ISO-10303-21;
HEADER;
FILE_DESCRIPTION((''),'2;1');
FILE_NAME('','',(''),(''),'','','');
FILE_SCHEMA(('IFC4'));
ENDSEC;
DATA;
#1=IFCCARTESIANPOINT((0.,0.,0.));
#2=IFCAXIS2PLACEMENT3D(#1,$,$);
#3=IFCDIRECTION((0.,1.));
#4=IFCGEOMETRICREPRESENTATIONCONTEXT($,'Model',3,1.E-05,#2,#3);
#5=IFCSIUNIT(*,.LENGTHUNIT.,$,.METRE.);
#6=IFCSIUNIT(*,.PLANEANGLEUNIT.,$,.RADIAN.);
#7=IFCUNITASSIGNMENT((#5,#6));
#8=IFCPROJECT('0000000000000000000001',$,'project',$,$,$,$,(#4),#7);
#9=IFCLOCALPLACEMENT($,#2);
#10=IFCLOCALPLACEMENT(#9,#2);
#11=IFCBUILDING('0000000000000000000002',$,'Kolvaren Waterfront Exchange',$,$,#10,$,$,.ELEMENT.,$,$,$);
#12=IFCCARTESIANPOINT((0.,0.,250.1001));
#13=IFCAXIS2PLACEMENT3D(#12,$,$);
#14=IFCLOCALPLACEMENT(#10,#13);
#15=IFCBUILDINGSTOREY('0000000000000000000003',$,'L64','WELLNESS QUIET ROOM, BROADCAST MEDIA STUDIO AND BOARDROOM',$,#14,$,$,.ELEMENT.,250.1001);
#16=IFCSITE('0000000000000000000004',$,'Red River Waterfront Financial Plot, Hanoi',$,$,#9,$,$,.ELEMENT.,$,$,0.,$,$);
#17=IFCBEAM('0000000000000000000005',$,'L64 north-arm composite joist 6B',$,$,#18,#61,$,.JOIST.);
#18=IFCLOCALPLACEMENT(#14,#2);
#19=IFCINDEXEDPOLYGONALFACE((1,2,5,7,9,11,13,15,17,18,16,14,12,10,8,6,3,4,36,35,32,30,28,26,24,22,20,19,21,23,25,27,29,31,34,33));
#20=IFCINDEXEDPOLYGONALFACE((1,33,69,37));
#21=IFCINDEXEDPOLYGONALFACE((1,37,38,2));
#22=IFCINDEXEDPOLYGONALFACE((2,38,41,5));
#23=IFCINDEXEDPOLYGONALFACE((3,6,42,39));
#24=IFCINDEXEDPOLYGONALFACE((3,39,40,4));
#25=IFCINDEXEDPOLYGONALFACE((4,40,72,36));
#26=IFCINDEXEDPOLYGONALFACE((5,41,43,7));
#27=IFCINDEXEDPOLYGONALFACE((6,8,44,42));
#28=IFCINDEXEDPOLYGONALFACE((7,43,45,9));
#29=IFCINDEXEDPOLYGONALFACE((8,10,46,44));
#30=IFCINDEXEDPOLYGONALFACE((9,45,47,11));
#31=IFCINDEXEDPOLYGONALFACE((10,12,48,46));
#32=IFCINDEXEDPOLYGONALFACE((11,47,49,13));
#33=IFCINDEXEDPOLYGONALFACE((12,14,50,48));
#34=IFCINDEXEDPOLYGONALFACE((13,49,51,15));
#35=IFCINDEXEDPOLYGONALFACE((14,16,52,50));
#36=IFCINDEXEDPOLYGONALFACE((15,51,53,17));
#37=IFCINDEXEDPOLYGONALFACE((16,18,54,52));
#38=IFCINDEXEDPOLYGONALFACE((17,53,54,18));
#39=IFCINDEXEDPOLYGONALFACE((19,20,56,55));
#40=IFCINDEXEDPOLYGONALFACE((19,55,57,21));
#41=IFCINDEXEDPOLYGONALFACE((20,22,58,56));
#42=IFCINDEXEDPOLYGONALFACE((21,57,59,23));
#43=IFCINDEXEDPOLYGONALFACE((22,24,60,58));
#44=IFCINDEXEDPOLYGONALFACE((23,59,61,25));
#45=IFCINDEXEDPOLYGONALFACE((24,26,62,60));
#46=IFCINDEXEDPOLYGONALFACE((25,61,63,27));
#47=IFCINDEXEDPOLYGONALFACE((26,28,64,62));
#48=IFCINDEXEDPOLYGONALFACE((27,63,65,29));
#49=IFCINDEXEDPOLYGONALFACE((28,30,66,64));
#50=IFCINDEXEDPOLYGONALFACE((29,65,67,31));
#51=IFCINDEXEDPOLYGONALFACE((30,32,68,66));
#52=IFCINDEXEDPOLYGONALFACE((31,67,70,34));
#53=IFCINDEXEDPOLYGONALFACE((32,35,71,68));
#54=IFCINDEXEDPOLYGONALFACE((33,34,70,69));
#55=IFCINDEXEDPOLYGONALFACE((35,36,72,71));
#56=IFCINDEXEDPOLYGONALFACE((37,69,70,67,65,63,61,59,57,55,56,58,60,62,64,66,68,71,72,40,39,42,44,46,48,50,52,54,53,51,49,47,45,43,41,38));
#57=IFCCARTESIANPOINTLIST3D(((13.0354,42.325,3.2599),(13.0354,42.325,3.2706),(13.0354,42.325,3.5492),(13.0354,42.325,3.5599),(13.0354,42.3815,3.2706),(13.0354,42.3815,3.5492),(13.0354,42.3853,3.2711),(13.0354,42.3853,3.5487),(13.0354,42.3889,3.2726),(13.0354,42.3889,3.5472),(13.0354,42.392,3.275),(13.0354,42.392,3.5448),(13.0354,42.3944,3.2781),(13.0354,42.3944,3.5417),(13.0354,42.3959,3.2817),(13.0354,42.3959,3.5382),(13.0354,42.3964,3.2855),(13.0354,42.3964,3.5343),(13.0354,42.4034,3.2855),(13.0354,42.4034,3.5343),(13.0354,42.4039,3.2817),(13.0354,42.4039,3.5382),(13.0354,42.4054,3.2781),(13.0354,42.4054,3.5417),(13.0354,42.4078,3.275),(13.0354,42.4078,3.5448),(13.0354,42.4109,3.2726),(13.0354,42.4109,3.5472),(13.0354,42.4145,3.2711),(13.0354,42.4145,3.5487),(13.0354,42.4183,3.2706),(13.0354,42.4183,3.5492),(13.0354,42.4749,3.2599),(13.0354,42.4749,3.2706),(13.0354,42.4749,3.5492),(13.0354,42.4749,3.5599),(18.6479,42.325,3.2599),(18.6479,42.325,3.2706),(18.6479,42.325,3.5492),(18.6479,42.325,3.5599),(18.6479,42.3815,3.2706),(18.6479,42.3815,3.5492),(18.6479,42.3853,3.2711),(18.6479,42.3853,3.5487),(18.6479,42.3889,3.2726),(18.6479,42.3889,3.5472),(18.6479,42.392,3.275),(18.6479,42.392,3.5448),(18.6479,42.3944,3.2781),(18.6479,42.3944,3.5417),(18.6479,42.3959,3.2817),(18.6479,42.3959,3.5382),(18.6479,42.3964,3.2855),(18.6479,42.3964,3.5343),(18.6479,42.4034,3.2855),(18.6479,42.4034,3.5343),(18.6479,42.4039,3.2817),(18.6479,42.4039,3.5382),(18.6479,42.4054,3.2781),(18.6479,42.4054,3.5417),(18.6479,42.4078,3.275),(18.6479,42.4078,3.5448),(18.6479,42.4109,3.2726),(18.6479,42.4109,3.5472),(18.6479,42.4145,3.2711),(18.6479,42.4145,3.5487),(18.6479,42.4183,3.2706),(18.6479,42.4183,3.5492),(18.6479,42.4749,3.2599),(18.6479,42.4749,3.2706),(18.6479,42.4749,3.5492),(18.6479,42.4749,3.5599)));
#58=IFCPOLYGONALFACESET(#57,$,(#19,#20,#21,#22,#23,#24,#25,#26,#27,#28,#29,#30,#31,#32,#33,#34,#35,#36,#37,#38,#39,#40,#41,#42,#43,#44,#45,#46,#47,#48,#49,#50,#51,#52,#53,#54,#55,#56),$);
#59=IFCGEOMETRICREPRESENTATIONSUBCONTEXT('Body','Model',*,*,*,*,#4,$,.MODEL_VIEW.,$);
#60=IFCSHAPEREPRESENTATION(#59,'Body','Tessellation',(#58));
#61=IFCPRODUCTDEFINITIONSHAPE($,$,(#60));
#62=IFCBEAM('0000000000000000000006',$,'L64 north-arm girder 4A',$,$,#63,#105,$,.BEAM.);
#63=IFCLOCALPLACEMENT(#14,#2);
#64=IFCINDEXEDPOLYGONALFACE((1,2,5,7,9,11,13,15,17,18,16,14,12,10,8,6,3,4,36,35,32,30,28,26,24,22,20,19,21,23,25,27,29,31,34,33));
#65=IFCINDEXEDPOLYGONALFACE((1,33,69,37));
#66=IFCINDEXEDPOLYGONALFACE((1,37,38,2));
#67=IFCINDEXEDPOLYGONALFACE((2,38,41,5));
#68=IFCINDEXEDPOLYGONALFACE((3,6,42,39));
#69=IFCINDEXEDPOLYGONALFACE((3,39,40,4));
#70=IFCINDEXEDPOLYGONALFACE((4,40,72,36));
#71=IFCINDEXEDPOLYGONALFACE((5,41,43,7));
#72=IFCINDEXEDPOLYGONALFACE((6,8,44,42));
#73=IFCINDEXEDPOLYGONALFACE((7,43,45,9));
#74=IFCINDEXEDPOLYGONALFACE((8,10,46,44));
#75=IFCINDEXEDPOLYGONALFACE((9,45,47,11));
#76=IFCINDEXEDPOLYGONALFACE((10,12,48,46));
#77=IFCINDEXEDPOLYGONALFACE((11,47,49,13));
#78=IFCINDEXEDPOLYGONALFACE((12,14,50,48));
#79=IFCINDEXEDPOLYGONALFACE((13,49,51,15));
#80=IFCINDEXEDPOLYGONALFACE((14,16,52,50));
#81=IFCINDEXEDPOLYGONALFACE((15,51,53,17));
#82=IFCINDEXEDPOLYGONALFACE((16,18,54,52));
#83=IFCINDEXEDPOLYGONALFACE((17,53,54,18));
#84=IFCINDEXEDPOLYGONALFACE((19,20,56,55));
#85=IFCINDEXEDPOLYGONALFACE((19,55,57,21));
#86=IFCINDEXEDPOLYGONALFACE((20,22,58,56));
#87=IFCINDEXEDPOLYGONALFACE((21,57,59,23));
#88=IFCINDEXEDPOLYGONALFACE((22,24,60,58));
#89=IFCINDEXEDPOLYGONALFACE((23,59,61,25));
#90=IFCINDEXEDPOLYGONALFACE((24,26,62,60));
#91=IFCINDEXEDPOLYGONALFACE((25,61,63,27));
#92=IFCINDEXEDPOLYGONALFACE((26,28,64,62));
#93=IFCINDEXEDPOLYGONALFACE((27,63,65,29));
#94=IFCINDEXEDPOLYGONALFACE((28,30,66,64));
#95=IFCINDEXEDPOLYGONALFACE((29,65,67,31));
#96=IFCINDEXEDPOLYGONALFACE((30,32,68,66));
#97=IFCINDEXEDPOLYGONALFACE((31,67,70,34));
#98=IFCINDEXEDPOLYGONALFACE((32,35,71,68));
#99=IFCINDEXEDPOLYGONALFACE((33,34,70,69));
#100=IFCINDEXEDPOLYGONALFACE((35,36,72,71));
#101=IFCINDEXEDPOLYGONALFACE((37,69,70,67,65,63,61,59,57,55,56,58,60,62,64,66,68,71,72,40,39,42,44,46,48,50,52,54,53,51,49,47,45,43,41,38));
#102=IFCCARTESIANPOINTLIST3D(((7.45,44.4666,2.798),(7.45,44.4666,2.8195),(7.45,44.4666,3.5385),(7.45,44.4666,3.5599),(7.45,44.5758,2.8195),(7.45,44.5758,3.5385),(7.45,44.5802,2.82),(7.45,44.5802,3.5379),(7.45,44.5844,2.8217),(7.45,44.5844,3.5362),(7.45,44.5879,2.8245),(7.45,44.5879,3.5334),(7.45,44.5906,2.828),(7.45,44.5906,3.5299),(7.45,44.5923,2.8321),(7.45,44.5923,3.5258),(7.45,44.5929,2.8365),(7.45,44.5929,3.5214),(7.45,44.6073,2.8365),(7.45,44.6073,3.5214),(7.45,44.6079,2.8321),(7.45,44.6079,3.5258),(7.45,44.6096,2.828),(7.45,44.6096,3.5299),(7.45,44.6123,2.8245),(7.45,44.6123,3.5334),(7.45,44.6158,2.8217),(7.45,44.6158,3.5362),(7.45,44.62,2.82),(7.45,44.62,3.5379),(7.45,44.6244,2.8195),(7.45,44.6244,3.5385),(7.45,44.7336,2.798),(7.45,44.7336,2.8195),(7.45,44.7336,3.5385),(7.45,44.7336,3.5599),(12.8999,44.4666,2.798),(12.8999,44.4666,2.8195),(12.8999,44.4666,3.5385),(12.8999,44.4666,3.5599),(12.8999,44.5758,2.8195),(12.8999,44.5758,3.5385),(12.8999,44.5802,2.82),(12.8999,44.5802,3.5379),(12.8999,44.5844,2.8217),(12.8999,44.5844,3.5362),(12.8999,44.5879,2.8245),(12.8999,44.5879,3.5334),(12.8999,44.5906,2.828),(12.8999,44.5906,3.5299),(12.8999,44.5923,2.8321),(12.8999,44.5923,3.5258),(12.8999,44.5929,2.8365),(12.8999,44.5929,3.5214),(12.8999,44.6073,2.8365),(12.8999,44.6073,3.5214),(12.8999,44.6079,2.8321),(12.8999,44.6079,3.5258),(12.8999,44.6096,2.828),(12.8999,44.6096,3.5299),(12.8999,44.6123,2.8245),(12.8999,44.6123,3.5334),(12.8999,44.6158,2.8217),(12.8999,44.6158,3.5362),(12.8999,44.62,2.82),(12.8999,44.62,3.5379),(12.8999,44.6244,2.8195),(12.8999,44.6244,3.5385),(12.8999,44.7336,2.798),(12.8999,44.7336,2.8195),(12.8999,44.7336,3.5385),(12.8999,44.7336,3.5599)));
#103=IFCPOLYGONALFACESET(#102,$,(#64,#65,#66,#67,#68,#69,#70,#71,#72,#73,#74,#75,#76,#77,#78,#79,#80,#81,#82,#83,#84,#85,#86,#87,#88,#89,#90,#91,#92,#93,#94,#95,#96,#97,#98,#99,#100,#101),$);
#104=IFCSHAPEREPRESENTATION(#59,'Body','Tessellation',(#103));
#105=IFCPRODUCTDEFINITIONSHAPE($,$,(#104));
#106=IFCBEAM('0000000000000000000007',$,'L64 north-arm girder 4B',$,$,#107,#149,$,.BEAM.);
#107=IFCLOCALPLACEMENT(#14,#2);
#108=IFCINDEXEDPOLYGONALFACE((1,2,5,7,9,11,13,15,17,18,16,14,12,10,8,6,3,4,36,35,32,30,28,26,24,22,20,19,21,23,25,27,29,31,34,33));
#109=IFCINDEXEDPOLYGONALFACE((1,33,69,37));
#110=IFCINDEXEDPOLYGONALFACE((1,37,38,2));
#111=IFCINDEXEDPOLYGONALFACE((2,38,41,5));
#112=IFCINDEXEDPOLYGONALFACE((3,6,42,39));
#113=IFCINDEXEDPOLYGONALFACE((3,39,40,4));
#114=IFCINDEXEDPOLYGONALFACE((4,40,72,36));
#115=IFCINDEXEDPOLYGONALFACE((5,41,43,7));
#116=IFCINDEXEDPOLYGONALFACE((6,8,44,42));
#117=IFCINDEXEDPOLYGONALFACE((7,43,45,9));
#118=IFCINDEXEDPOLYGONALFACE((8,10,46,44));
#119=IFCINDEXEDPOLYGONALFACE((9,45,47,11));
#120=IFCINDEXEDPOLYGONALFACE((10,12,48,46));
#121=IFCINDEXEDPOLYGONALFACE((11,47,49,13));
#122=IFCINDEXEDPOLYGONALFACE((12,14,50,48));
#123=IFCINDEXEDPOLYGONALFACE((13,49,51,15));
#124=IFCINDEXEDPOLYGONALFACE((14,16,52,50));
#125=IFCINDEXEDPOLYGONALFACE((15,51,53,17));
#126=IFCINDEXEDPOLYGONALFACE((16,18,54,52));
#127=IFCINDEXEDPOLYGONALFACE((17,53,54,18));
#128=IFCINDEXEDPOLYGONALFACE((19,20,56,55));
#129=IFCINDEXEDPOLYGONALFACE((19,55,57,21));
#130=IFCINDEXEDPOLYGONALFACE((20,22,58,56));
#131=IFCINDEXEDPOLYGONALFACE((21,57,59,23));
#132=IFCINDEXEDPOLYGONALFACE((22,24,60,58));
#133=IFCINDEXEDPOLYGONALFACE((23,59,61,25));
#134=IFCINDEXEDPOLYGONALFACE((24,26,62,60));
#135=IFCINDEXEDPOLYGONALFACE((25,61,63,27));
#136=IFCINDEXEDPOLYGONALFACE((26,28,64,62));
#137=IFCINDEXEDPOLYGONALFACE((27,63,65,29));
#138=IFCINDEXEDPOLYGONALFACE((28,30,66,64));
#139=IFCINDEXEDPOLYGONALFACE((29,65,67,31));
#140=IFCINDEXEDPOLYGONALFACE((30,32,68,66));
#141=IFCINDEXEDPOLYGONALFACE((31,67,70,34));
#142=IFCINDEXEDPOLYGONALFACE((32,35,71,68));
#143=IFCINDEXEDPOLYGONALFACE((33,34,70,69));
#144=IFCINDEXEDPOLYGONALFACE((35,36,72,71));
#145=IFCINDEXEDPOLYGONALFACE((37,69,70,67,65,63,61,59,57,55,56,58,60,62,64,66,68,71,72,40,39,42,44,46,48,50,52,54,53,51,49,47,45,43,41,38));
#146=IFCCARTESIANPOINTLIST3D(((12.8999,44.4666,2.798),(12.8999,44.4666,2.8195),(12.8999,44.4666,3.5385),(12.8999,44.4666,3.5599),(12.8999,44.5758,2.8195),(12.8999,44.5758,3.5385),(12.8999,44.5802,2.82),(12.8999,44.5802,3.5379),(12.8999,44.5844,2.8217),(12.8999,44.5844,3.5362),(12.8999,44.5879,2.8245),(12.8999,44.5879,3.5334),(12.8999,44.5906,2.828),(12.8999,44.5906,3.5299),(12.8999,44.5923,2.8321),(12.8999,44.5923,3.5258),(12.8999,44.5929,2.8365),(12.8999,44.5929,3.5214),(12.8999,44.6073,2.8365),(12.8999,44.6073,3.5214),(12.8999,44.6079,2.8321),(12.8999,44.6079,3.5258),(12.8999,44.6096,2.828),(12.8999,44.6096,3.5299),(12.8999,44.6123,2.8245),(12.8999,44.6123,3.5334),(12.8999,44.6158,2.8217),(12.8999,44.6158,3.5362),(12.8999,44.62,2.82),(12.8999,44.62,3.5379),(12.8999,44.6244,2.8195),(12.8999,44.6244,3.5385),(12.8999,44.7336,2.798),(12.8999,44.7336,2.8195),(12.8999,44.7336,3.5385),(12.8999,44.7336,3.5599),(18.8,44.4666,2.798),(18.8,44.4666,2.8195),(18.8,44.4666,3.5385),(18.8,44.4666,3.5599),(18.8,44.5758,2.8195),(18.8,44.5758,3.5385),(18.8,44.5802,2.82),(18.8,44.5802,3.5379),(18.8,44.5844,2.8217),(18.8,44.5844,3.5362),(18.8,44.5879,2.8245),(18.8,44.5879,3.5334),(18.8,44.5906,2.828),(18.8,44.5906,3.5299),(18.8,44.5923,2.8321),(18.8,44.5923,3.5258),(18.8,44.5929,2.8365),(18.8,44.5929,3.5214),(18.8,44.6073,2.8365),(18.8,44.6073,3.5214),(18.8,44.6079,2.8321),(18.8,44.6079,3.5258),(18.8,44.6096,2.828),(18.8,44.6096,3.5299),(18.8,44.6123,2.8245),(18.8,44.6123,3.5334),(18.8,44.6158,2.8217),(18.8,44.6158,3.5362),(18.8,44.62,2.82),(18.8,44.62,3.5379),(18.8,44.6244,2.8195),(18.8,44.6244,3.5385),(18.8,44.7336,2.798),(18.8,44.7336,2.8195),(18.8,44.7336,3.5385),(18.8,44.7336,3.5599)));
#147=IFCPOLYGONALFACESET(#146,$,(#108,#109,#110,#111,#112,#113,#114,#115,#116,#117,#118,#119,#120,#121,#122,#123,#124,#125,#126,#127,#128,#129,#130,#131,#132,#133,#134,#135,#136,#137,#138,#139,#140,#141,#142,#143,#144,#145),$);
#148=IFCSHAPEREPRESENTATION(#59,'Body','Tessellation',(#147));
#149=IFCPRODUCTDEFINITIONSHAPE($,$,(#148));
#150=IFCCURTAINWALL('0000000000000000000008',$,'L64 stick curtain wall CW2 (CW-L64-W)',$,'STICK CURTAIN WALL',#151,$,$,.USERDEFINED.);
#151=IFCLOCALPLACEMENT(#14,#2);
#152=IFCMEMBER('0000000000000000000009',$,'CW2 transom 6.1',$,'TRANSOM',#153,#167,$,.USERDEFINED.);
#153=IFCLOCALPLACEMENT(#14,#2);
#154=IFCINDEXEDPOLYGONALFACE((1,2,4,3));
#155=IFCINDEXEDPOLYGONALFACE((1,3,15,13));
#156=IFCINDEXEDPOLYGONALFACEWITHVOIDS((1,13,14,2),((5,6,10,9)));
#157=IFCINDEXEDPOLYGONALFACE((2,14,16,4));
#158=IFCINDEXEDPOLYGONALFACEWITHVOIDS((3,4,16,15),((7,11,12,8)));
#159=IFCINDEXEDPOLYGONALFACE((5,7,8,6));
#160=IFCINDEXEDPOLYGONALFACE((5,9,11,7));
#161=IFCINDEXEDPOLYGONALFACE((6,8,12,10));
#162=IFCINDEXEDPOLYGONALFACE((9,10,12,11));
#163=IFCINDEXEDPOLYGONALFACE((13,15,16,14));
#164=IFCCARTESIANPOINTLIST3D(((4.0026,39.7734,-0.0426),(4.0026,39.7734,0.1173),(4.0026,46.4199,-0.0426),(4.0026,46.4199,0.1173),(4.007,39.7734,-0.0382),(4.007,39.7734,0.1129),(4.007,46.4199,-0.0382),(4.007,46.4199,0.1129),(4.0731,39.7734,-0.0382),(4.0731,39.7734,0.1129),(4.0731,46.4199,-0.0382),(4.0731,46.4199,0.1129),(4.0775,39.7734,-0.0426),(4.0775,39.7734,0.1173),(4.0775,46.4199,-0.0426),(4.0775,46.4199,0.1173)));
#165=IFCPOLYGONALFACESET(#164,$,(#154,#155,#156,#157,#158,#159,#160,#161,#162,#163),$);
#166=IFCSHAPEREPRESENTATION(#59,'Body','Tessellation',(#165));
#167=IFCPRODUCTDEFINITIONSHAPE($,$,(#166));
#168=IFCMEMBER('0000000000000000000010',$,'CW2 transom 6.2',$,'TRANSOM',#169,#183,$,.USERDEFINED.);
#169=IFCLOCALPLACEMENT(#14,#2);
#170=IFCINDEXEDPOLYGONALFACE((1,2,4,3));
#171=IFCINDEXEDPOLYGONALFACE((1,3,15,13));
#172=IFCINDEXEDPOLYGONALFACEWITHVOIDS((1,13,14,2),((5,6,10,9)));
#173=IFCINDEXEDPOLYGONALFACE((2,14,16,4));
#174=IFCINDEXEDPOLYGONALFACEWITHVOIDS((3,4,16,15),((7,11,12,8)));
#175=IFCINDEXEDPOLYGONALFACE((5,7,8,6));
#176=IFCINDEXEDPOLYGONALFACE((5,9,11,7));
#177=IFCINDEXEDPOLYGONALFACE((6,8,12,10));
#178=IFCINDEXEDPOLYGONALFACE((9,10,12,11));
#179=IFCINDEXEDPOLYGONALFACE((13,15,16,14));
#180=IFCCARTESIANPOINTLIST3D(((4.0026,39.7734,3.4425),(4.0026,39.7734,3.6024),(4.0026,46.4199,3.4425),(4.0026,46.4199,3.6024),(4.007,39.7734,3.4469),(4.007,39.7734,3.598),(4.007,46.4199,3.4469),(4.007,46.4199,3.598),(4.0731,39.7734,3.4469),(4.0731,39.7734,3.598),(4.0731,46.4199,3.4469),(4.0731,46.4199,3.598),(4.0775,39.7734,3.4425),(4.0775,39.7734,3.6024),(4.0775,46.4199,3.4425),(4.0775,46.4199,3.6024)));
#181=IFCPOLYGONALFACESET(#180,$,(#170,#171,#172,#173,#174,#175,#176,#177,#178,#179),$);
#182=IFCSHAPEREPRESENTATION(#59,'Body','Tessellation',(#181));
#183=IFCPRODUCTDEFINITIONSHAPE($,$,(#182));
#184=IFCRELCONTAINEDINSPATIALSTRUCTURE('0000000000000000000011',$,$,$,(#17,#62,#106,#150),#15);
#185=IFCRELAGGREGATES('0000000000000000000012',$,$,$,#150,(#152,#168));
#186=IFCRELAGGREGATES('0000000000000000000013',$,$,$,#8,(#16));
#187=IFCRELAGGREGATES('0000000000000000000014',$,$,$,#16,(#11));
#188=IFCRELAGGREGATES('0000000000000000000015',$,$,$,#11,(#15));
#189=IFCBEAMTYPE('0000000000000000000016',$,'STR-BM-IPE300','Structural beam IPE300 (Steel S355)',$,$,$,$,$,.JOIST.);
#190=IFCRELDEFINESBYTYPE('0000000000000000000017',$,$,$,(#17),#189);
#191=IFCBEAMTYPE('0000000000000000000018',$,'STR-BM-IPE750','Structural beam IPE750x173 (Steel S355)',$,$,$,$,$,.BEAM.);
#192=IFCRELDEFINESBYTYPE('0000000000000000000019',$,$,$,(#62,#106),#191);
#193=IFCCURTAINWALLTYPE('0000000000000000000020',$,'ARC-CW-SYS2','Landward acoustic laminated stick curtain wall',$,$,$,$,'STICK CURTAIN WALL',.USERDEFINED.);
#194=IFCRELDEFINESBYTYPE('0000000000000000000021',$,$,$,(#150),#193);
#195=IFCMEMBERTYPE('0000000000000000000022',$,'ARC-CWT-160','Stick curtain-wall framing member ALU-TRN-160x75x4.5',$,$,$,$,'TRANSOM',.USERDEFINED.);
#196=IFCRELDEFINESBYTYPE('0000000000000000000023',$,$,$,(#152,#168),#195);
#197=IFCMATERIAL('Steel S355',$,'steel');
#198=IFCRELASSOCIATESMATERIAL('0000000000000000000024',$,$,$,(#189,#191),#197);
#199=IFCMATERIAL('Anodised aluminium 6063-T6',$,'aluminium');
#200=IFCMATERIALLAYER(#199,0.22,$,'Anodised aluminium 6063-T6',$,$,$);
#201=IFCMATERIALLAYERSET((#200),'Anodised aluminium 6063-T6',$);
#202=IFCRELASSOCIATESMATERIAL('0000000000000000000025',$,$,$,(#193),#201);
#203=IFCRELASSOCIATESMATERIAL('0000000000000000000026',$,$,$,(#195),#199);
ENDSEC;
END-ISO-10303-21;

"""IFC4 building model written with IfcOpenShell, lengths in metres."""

from ifc_helpers import new_model, si_unit, direction, frame, origin, origin_with_axes, origin_2d, place, context, subcontext, project, spatial, hollow_rectangle, i_section, extrude, source, transform, mapped, material, layer, layer_set, material_profile, profile_set, type_object, element, aggregate, save


model = new_model("IFC4")

# Units and contexts
model_context = context("Model", 3, precision=1e-05, world=origin(), true_north=direction((0.0, 1.0)))
body_context = subcontext(model_context, "Body", "Model", "MODEL_VIEW")
ifc_project = project(units=[si_unit("LENGTHUNIT", "METRE"), si_unit("PLANEANGLEUNIT", "RADIAN")], contexts=[model_context])

# Site, building, storey
site_placement = place(None, origin())
site = spatial("IfcSite", under=ifc_project, at=site_placement, Name="Red River Waterfront Financial Plot, Hanoi", CompositionType="ELEMENT", RefElevation=0.0)
building_placement = place(site_placement, origin())
building = spatial("IfcBuilding", under=site, at=building_placement, Name="Kolvaren Waterfront Exchange", CompositionType="ELEMENT")
storey_placement = place(building_placement, frame((0.0, 0.0, 250.1001)))
storey = spatial("IfcBuildingStorey", under=building, at=storey_placement, Name="L64", Description="WELLNESS QUIET ROOM, BROADCAST MEDIA STUDIO AND BOARDROOM", CompositionType="ELEMENT", Elevation=250.1001)

# Beams
ifc_material_1 = material(Name="Steel S355", Category="steel")
ifc_material_profile_1 = material_profile(ifc_material_1, i_section(OverallWidth=0.1499, OverallDepth=0.3, WebThickness=0.0071, FlangeThickness=0.0107, FilletRadius=0.0149, at=origin_2d()), Name="IPE300")
ifc_profile_set_1 = profile_set([ifc_material_profile_1], Name="Steel S355")
beam_type_1 = type_object("IfcBeamType", Name="STR-BM-IPE300", Description="Structural beam IPE300 (Steel S355)", PredefinedType="JOIST", material=ifc_profile_set_1)
beam_1_placement = place(storey_placement, frame((13.0354, 42.3999, 3.4099), z_axis=(1.0, 0.0, 0.0), x_axis=(0.0, 1.0, 0.0)))
element("IfcBeam", 1, at=beam_1_placement, inside=storey, type_object=beam_type_1, Name="L64 north-arm composite joist 6B", PredefinedType="JOIST", context=body_context, shape_type="SweptSolid", body=[
    extrude(i_section(OverallWidth=0.1499, OverallDepth=0.3, WebThickness=0.0071, FlangeThickness=0.0107, FilletRadius=0.0149, at=origin_2d()), origin(), (0.0, 0.0, 1.0), 5.6125),
])
ifc_material_profile_2 = material_profile(ifc_material_1, i_section(OverallWidth=0.2671, OverallDepth=0.762, WebThickness=0.0144, FlangeThickness=0.0215, FilletRadius=0.0171, at=origin_2d()), Name="IPE750x173")
ifc_profile_set_2 = profile_set([ifc_material_profile_2], Name="Steel S355")
beam_type_2 = type_object("IfcBeamType", Name="STR-BM-IPE750", Description="Structural beam IPE750x173 (Steel S355)", PredefinedType="BEAM", material=ifc_profile_set_2)
beam_2_placement = place(storey_placement, frame((7.45, 44.6001, 3.179), z_axis=(1.0, 0.0, 0.0), x_axis=(0.0, 1.0, 0.0)))
element("IfcBeam", 2, at=beam_2_placement, inside=storey, type_object=beam_type_2, Name="L64 north-arm girder 4A", PredefinedType="BEAM", context=body_context, shape_type="SweptSolid", body=[
    extrude(i_section(OverallWidth=0.2671, OverallDepth=0.762, WebThickness=0.0144, FlangeThickness=0.0215, FilletRadius=0.0171, at=origin_2d()), origin(), (0.0, 0.0, 1.0), 5.45),
])
beam_3_placement = place(storey_placement, frame((12.8999, 44.6001, 3.179), z_axis=(1.0, 0.0, 0.0), x_axis=(0.0, 1.0, 0.0)))
element("IfcBeam", 3, at=beam_3_placement, inside=storey, type_object=beam_type_2, Name="L64 north-arm girder 4B", PredefinedType="BEAM", context=body_context, shape_type="SweptSolid", body=[
    extrude(i_section(OverallWidth=0.2671, OverallDepth=0.762, WebThickness=0.0144, FlangeThickness=0.0215, FilletRadius=0.0171, at=origin_2d()), origin(), (0.0, 0.0, 1.0), 5.9001),
])

# Curtain wall, members
ifc_material_2 = material(Name="Anodised aluminium 6063-T6", Category="aluminium")
ifc_layer_1 = layer(ifc_material_2, 0.22, Name="Anodised aluminium 6063-T6")
ifc_layer_set_1 = layer_set([ifc_layer_1], Name="Anodised aluminium 6063-T6")
curtain_wall_type = type_object("IfcCurtainWallType", Name="ARC-CW-SYS2", Description="Landward acoustic laminated stick curtain wall", ElementType="STICK CURTAIN WALL", PredefinedType="USERDEFINED", material=ifc_layer_set_1)
curtain_wall_placement = place(storey_placement, origin())
curtain_wall = element("IfcCurtainWall", 4, at=curtain_wall_placement, inside=storey, type_object=curtain_wall_type, Name="L64 stick curtain wall CW2 (CW-L64-W)", ObjectType="STICK CURTAIN WALL", PredefinedType="USERDEFINED")
ifc_material_profile_3 = material_profile(ifc_material_2, hollow_rectangle(XDim=0.075, YDim=0.1599, WallThickness=0.0044, at=origin_2d()), Name="ALU-TRN-160x75x4.5")
ifc_profile_set_3 = profile_set([ifc_material_profile_3], Name="Anodised aluminium 6063-T6")
member_type_1 = type_object("IfcMemberType", Name="ARC-CWT-160", Description="Stick curtain-wall framing member ALU-TRN-160x75x4.5", ElementType="TRANSOM", PredefinedType="USERDEFINED", material=ifc_profile_set_3)
shared_shape_1 = source(origin_with_axes(), body_context, "Body", "SweptSolid", [
    extrude(hollow_rectangle(XDim=0.075, YDim=0.1599, WallThickness=0.0044, at=origin_2d()), origin(), (0.0, 0.0, 1.0), 6.6465),
])
member_1_placement = place(storey_placement, frame((4.04, 39.7734, 0.0374), z_axis=(0.0, 1.0, 0.0), x_axis=(-1.0, 0.0, 0.0)))
member_1 = element("IfcMember", 5, at=member_1_placement, type_object=member_type_1, Name="CW2 transom 6.1", ObjectType="TRANSOM", PredefinedType="USERDEFINED", context=body_context, shape_type="MappedRepresentation", body=[
    mapped(shared_shape_1, transform((0.0, 0.0, 0.0), x_axis=(1.0, 0.0, 0.0), y_axis=(0.0, 1.0, 0.0), z_axis=(0.0, 0.0, 1.0), scale=1.0)),
])
member_2_placement = place(storey_placement, frame((4.04, 39.7734, 3.5225), z_axis=(0.0, 1.0, 0.0), x_axis=(-1.0, 0.0, 0.0)))
member_2 = element("IfcMember", 6, at=member_2_placement, type_object=member_type_1, Name="CW2 transom 6.2", ObjectType="TRANSOM", PredefinedType="USERDEFINED", context=body_context, shape_type="MappedRepresentation", body=[
    mapped(shared_shape_1, transform((0.0, 0.0, 0.0), x_axis=(1.0, 0.0, 0.0), y_axis=(0.0, 1.0, 0.0), z_axis=(0.0, 0.0, 1.0), scale=1.0)),
])
aggregate(curtain_wall, [member_1, member_2])

save(model, "model.ifc")
